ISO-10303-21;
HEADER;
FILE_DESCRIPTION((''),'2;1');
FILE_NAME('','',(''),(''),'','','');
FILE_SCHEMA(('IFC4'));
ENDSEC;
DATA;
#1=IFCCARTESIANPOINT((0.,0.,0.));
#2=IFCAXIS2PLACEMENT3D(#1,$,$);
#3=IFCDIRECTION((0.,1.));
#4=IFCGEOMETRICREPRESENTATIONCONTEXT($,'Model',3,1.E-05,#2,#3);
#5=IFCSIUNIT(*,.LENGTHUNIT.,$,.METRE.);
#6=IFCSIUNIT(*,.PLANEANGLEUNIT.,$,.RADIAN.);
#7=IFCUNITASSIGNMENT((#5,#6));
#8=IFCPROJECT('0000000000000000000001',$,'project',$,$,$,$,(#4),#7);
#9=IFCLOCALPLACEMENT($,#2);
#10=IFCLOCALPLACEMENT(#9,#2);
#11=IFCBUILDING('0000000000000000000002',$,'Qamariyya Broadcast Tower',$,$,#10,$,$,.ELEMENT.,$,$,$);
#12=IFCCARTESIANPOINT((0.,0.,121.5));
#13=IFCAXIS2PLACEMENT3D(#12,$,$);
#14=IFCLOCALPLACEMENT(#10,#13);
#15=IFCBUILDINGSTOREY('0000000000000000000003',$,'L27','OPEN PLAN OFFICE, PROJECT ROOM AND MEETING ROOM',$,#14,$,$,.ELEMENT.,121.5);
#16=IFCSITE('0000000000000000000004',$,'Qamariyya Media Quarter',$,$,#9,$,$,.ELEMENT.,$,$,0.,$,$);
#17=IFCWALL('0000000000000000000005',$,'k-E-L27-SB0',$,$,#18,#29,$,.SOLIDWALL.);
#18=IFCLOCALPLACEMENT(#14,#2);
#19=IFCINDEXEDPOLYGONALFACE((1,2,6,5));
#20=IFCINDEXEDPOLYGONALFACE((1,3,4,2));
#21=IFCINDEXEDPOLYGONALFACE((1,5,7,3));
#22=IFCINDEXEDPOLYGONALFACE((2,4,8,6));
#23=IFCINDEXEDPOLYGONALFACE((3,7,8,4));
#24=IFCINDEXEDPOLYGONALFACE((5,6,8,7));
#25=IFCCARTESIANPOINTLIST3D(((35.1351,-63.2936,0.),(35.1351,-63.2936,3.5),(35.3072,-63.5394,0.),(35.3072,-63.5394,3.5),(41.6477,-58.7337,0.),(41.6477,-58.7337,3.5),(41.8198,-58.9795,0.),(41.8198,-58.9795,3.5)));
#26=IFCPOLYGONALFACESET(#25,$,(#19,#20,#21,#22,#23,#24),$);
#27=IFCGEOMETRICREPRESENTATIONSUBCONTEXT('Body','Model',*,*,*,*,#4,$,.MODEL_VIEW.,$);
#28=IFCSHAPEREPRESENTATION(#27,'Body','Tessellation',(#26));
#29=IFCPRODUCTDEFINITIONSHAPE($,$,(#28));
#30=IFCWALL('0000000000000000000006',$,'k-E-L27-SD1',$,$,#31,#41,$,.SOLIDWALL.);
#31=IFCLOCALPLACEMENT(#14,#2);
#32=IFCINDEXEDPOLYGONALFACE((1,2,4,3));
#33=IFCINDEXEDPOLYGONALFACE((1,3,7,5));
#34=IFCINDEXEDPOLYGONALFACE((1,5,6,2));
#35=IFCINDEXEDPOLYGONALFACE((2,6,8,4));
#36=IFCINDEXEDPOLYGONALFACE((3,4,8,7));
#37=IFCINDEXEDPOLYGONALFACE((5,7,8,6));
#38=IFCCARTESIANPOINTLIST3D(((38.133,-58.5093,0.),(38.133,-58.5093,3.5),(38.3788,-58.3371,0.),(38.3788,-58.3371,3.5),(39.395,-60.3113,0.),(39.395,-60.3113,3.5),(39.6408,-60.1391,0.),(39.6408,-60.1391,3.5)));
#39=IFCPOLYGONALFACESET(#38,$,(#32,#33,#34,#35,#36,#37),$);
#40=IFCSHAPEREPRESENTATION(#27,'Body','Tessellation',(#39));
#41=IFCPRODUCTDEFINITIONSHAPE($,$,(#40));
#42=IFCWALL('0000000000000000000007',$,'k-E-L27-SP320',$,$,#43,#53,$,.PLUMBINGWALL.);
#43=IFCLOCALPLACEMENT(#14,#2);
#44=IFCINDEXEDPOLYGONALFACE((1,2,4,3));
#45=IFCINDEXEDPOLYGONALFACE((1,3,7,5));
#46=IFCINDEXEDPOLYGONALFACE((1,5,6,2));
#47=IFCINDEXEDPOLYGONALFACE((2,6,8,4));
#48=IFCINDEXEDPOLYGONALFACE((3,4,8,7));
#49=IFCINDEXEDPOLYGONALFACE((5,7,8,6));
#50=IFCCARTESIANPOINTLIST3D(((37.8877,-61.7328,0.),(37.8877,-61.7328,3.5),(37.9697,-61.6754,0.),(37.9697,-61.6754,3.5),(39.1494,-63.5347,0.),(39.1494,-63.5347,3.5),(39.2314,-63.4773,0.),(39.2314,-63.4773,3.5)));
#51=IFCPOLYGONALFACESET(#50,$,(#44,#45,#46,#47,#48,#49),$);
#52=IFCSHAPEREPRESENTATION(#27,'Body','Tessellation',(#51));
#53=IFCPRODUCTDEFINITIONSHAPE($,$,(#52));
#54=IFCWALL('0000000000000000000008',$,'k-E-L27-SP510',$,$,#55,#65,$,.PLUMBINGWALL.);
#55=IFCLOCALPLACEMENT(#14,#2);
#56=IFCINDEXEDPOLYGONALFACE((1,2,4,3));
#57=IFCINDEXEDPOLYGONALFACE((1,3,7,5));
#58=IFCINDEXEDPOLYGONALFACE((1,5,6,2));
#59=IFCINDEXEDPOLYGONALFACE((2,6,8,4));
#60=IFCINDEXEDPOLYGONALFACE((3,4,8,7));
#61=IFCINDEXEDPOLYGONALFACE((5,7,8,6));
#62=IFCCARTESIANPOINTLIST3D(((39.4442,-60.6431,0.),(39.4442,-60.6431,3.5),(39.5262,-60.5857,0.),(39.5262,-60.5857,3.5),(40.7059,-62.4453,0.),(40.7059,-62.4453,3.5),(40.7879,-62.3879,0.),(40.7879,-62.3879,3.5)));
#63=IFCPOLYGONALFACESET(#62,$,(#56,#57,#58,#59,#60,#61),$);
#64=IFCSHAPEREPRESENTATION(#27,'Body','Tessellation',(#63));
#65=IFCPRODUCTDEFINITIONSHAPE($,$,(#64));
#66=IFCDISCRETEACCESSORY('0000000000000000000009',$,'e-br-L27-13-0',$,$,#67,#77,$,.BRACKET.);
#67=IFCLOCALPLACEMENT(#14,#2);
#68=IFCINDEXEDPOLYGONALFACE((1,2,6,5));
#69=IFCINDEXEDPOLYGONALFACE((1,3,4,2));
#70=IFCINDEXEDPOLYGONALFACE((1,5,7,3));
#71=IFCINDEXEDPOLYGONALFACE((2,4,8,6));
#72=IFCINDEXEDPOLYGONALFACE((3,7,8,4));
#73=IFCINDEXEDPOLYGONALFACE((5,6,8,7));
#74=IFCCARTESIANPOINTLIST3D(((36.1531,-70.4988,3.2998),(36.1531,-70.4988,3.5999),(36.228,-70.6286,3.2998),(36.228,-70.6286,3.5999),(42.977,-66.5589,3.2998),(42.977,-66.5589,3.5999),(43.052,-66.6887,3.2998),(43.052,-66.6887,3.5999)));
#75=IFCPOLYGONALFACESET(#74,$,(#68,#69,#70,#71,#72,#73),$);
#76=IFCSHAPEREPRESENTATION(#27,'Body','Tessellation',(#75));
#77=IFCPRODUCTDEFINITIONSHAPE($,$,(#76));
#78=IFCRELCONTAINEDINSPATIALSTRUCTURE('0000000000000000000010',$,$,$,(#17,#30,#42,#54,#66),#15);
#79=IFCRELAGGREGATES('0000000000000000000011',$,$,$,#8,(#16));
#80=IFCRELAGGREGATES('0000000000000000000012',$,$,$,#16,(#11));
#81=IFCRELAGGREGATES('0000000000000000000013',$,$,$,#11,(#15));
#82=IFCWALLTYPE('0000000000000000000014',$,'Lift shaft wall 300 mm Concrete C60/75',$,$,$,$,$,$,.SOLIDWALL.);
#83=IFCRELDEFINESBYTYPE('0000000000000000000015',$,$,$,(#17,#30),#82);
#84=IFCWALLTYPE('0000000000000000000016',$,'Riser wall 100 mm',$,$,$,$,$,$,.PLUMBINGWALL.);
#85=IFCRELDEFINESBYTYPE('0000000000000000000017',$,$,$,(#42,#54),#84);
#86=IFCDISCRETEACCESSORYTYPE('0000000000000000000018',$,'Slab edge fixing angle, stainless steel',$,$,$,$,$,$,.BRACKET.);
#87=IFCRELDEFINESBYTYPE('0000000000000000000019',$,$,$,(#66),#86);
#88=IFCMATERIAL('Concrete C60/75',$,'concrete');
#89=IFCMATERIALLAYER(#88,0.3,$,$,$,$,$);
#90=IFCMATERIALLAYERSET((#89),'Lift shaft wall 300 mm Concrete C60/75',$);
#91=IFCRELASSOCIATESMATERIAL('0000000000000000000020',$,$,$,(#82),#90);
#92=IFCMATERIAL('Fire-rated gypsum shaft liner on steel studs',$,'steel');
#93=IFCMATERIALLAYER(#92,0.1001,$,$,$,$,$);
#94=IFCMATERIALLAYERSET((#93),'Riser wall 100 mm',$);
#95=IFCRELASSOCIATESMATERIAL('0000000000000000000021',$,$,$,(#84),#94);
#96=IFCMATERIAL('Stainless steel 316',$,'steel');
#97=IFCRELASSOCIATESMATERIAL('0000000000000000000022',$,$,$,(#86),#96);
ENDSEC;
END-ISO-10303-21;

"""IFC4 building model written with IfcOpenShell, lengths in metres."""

from ifc_helpers import new_model, si_unit, direction, frame, frame_2d, origin, origin_2d, place, context, subcontext, project, spatial, rectangle, extrude, material, layer, layer_set, type_object, element, save


model = new_model("IFC4")

# Units and contexts
model_context = context("Model", 3, precision=1e-05, world=origin(), true_north=direction((0.0, 1.0)))
body_context = subcontext(model_context, "Body", "Model", "MODEL_VIEW")
ifc_project = project(units=[si_unit("LENGTHUNIT", "METRE"), si_unit("PLANEANGLEUNIT", "RADIAN")], contexts=[model_context])

# Site, building, storey
site_placement = place(None, origin())
site = spatial("IfcSite", under=ifc_project, at=site_placement, Name="Qamariyya Media Quarter", CompositionType="ELEMENT", RefElevation=0.0)
building_placement = place(site_placement, origin())
building = spatial("IfcBuilding", under=site, at=building_placement, Name="Qamariyya Broadcast Tower", CompositionType="ELEMENT")
storey_placement = place(building_placement, frame((0.0, 0.0, 121.5)))
storey = spatial("IfcBuildingStorey", under=building, at=storey_placement, Name="L27", Description="OPEN PLAN OFFICE, PROJECT ROOM AND MEETING ROOM", CompositionType="ELEMENT", Elevation=121.5)

# Shared definitions
ifc_material_1 = material(Name="Concrete C60/75", Category="concrete")

# Shared definitions
ifc_layer_1 = layer(ifc_material_1, 0.3)
ifc_layer_set_1 = layer_set([ifc_layer_1], Name="Lift shaft wall 300 mm Concrete C60/75")
wall_type_1 = type_object("IfcWallType", Name="Lift shaft wall 300 mm Concrete C60/75", PredefinedType="SOLIDWALL", material=ifc_layer_set_1)

# Walls
wall_1_placement = place(storey_placement, frame((35.2212, -63.4165, 0.0), z_axis=(0.0, 0.0, 1.0), x_axis=(0.819167, 0.573555, 0.0)))
element("IfcWall", 1, at=wall_1_placement, inside=storey, type_object=wall_type_1, Name="k-E-L27-SB0", PredefinedType="SOLIDWALL", context=body_context, shape_type="SweptSolid", body=[
    extrude(rectangle(XDim=7.9502, YDim=0.3, at=frame_2d((3.9751, 0.0))), origin(), (0.0, 0.0, 1.0), 3.5),
])
wall_2_placement = place(storey_placement, frame((38.2559, -58.4231, 0.0), z_axis=(0.0, 0.0, 1.0), x_axis=(0.573634, -0.819112, 0.0)))
element("IfcWall", 2, at=wall_2_placement, inside=storey, type_object=wall_type_1, Name="k-E-L27-SD1", PredefinedType="SOLIDWALL", context=body_context, shape_type="SweptSolid", body=[
    extrude(rectangle(XDim=2.2, YDim=0.3, at=frame_2d((1.1001, 0.0))), origin(), (0.0, 0.0, 1.0), 3.5),
])
ifc_material_2 = material(Name="Fire-rated gypsum shaft liner on steel studs", Category="steel")
ifc_layer_2 = layer(ifc_material_2, 0.1001)
ifc_layer_set_2 = layer_set([ifc_layer_2], Name="Riser wall 100 mm")
wall_type_2 = type_object("IfcWallType", Name="Riser wall 100 mm", PredefinedType="PLUMBINGWALL", material=ifc_layer_set_2)
wall_3_placement = place(storey_placement, frame((37.9287, -61.7041, 0.0), z_axis=(0.0, 0.0, 1.0), x_axis=(0.573559, -0.819164, 0.0)))
element("IfcWall", 3, at=wall_3_placement, inside=storey, type_object=wall_type_2, Name="k-E-L27-SP320", PredefinedType="PLUMBINGWALL", context=body_context, shape_type="SweptSolid", body=[
    extrude(rectangle(XDim=2.1997, YDim=0.1001, at=frame_2d((1.0999, 0.0))), origin(), (0.0, 0.0, 1.0), 3.5),
])
wall_4_placement = place(storey_placement, frame((39.4851, -60.6143, 0.0), z_axis=(0.0, 0.0, 1.0), x_axis=(0.573507, -0.819201, 0.0)))
element("IfcWall", 4, at=wall_4_placement, inside=storey, type_object=wall_type_2, Name="k-E-L27-SP510", PredefinedType="PLUMBINGWALL", context=body_context, shape_type="SweptSolid", body=[
    extrude(rectangle(XDim=2.2, YDim=0.1001, at=frame_2d((1.1001, 0.0))), origin(), (0.0, 0.0, 1.0), 3.5),
])

# Discrete accessory
ifc_material_3 = material(Name="Stainless steel 316", Category="steel")
discrete_accessory_type = type_object("IfcDiscreteAccessoryType", Name="Slab edge fixing angle, stainless steel", PredefinedType="BRACKET", material=ifc_material_3)
discrete_accessory_placement = place(storey_placement, frame((39.6025, -68.5938, 3.2998), z_axis=(0.0, 0.0, 1.0), x_axis=(0.866025, 0.5, 0.0)))
element("IfcDiscreteAccessory", 5, at=discrete_accessory_placement, inside=storey, type_object=discrete_accessory_type, Name="e-br-L27-13-0", PredefinedType="BRACKET", context=body_context, shape_type="SweptSolid", body=[
    extrude(rectangle(XDim=7.8796, YDim=0.1499, at=origin_2d()), origin(), (0.0, 0.0, 1.0), 0.3),
])

save(model, "model.ifc")
